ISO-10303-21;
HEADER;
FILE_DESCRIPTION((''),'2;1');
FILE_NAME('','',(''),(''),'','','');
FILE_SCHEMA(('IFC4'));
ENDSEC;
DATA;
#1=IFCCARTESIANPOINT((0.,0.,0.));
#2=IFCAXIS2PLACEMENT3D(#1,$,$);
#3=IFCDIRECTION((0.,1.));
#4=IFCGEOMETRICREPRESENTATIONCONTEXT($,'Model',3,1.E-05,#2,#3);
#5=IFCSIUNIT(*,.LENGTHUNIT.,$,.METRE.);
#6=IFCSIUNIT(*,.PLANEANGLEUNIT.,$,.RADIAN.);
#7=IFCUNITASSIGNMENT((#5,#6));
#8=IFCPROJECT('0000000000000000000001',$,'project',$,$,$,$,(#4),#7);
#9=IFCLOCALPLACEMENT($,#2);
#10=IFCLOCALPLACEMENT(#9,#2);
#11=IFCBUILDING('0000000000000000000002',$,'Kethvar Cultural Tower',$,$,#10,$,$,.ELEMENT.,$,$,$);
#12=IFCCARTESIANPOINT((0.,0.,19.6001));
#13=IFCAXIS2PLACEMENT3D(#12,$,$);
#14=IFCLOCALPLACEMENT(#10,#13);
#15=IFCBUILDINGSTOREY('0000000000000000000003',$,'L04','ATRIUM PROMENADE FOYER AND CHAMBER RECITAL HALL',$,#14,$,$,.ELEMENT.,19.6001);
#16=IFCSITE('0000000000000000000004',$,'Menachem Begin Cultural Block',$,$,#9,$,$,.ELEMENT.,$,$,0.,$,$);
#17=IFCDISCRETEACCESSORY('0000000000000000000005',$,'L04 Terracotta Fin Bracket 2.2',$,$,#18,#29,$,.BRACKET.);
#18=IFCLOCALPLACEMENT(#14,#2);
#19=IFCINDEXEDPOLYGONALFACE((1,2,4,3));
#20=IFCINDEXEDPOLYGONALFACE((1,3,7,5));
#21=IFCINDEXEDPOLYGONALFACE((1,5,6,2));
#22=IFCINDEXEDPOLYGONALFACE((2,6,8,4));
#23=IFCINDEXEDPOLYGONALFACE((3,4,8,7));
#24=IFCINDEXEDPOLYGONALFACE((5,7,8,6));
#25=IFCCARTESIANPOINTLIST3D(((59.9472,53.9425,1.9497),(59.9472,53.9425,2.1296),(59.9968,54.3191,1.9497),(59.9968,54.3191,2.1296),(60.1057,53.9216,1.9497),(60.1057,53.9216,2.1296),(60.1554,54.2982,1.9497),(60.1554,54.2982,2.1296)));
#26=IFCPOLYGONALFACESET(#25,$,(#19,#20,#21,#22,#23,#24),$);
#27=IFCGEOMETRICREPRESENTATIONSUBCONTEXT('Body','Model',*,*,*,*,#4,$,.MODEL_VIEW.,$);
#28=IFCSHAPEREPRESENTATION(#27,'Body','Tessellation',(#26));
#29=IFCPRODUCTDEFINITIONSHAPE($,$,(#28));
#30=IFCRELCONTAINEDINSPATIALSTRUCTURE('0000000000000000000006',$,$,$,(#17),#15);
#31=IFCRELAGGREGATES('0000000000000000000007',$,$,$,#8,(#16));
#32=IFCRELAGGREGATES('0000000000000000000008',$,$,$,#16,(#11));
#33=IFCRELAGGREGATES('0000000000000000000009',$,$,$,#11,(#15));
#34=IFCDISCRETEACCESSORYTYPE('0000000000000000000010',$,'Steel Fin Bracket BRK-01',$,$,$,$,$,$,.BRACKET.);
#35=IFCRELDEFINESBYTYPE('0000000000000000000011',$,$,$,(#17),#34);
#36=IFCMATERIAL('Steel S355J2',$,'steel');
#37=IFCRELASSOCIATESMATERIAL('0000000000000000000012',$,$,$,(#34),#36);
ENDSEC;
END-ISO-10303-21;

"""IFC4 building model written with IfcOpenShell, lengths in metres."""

from ifc_helpers import new_model, si_unit, direction, frame, origin, origin_2d, place, context, subcontext, project, spatial, rectangle, extrude, source, transform, mapped, material, type_object, element, save


model = new_model("IFC4")

# Units and contexts
model_context = context("Model", 3, precision=1e-05, world=origin(), true_north=direction((0.0, 1.0)))
body_context = subcontext(model_context, "Body", "Model", "MODEL_VIEW")
ifc_project = project(units=[si_unit("LENGTHUNIT", "METRE"), si_unit("PLANEANGLEUNIT", "RADIAN")], contexts=[model_context])

# Site, building, storey
site_placement = place(None, origin())
site = spatial("IfcSite", under=ifc_project, at=site_placement, Name="Menachem Begin Cultural Block", CompositionType="ELEMENT", RefElevation=0.0)
building_placement = place(site_placement, origin())
building = spatial("IfcBuilding", under=site, at=building_placement, Name="Kethvar Cultural Tower", CompositionType="ELEMENT")
storey_placement = place(building_placement, frame((0.0, 0.0, 19.6001)))
storey = spatial("IfcBuildingStorey", under=building, at=storey_placement, Name="L04", Description="ATRIUM PROMENADE FOYER AND CHAMBER RECITAL HALL", CompositionType="ELEMENT", Elevation=19.6001)

# Shared definitions
ifc_material_1 = material(Name="Steel S355J2", Category="steel")

# Discrete accessory
discrete_accessory_type = type_object("IfcDiscreteAccessoryType", Name="Steel Fin Bracket BRK-01", PredefinedType="BRACKET", material=ifc_material_1)
shared_shape_1 = source(origin(), body_context, "Body", "SweptSolid", [
    extrude(rectangle(XDim=0.3799, YDim=0.1599, at=origin_2d()), origin(), (0.0, 0.0, 1.0), 0.1799),
])
for number, where, z_axis, x_axis, name in (
    (1, (60.0513, 54.1204, 1.9497), (0.0, 0.0, 1.0), (0.130699, 0.991422, 0.0), "L04 Terracotta Fin Bracket 2.2"),
):
    element("IfcDiscreteAccessory", number, at=place(storey_placement, frame(where, z_axis=z_axis, x_axis=x_axis)), inside=storey, type_object=discrete_accessory_type, Name=name, PredefinedType="BRACKET", context=body_context, shape_type="MappedRepresentation", body=[
        mapped(shared_shape_1, transform((0.0, 0.0, 0.0), scale=1.0)),
    ])

save(model, "model.ifc")
